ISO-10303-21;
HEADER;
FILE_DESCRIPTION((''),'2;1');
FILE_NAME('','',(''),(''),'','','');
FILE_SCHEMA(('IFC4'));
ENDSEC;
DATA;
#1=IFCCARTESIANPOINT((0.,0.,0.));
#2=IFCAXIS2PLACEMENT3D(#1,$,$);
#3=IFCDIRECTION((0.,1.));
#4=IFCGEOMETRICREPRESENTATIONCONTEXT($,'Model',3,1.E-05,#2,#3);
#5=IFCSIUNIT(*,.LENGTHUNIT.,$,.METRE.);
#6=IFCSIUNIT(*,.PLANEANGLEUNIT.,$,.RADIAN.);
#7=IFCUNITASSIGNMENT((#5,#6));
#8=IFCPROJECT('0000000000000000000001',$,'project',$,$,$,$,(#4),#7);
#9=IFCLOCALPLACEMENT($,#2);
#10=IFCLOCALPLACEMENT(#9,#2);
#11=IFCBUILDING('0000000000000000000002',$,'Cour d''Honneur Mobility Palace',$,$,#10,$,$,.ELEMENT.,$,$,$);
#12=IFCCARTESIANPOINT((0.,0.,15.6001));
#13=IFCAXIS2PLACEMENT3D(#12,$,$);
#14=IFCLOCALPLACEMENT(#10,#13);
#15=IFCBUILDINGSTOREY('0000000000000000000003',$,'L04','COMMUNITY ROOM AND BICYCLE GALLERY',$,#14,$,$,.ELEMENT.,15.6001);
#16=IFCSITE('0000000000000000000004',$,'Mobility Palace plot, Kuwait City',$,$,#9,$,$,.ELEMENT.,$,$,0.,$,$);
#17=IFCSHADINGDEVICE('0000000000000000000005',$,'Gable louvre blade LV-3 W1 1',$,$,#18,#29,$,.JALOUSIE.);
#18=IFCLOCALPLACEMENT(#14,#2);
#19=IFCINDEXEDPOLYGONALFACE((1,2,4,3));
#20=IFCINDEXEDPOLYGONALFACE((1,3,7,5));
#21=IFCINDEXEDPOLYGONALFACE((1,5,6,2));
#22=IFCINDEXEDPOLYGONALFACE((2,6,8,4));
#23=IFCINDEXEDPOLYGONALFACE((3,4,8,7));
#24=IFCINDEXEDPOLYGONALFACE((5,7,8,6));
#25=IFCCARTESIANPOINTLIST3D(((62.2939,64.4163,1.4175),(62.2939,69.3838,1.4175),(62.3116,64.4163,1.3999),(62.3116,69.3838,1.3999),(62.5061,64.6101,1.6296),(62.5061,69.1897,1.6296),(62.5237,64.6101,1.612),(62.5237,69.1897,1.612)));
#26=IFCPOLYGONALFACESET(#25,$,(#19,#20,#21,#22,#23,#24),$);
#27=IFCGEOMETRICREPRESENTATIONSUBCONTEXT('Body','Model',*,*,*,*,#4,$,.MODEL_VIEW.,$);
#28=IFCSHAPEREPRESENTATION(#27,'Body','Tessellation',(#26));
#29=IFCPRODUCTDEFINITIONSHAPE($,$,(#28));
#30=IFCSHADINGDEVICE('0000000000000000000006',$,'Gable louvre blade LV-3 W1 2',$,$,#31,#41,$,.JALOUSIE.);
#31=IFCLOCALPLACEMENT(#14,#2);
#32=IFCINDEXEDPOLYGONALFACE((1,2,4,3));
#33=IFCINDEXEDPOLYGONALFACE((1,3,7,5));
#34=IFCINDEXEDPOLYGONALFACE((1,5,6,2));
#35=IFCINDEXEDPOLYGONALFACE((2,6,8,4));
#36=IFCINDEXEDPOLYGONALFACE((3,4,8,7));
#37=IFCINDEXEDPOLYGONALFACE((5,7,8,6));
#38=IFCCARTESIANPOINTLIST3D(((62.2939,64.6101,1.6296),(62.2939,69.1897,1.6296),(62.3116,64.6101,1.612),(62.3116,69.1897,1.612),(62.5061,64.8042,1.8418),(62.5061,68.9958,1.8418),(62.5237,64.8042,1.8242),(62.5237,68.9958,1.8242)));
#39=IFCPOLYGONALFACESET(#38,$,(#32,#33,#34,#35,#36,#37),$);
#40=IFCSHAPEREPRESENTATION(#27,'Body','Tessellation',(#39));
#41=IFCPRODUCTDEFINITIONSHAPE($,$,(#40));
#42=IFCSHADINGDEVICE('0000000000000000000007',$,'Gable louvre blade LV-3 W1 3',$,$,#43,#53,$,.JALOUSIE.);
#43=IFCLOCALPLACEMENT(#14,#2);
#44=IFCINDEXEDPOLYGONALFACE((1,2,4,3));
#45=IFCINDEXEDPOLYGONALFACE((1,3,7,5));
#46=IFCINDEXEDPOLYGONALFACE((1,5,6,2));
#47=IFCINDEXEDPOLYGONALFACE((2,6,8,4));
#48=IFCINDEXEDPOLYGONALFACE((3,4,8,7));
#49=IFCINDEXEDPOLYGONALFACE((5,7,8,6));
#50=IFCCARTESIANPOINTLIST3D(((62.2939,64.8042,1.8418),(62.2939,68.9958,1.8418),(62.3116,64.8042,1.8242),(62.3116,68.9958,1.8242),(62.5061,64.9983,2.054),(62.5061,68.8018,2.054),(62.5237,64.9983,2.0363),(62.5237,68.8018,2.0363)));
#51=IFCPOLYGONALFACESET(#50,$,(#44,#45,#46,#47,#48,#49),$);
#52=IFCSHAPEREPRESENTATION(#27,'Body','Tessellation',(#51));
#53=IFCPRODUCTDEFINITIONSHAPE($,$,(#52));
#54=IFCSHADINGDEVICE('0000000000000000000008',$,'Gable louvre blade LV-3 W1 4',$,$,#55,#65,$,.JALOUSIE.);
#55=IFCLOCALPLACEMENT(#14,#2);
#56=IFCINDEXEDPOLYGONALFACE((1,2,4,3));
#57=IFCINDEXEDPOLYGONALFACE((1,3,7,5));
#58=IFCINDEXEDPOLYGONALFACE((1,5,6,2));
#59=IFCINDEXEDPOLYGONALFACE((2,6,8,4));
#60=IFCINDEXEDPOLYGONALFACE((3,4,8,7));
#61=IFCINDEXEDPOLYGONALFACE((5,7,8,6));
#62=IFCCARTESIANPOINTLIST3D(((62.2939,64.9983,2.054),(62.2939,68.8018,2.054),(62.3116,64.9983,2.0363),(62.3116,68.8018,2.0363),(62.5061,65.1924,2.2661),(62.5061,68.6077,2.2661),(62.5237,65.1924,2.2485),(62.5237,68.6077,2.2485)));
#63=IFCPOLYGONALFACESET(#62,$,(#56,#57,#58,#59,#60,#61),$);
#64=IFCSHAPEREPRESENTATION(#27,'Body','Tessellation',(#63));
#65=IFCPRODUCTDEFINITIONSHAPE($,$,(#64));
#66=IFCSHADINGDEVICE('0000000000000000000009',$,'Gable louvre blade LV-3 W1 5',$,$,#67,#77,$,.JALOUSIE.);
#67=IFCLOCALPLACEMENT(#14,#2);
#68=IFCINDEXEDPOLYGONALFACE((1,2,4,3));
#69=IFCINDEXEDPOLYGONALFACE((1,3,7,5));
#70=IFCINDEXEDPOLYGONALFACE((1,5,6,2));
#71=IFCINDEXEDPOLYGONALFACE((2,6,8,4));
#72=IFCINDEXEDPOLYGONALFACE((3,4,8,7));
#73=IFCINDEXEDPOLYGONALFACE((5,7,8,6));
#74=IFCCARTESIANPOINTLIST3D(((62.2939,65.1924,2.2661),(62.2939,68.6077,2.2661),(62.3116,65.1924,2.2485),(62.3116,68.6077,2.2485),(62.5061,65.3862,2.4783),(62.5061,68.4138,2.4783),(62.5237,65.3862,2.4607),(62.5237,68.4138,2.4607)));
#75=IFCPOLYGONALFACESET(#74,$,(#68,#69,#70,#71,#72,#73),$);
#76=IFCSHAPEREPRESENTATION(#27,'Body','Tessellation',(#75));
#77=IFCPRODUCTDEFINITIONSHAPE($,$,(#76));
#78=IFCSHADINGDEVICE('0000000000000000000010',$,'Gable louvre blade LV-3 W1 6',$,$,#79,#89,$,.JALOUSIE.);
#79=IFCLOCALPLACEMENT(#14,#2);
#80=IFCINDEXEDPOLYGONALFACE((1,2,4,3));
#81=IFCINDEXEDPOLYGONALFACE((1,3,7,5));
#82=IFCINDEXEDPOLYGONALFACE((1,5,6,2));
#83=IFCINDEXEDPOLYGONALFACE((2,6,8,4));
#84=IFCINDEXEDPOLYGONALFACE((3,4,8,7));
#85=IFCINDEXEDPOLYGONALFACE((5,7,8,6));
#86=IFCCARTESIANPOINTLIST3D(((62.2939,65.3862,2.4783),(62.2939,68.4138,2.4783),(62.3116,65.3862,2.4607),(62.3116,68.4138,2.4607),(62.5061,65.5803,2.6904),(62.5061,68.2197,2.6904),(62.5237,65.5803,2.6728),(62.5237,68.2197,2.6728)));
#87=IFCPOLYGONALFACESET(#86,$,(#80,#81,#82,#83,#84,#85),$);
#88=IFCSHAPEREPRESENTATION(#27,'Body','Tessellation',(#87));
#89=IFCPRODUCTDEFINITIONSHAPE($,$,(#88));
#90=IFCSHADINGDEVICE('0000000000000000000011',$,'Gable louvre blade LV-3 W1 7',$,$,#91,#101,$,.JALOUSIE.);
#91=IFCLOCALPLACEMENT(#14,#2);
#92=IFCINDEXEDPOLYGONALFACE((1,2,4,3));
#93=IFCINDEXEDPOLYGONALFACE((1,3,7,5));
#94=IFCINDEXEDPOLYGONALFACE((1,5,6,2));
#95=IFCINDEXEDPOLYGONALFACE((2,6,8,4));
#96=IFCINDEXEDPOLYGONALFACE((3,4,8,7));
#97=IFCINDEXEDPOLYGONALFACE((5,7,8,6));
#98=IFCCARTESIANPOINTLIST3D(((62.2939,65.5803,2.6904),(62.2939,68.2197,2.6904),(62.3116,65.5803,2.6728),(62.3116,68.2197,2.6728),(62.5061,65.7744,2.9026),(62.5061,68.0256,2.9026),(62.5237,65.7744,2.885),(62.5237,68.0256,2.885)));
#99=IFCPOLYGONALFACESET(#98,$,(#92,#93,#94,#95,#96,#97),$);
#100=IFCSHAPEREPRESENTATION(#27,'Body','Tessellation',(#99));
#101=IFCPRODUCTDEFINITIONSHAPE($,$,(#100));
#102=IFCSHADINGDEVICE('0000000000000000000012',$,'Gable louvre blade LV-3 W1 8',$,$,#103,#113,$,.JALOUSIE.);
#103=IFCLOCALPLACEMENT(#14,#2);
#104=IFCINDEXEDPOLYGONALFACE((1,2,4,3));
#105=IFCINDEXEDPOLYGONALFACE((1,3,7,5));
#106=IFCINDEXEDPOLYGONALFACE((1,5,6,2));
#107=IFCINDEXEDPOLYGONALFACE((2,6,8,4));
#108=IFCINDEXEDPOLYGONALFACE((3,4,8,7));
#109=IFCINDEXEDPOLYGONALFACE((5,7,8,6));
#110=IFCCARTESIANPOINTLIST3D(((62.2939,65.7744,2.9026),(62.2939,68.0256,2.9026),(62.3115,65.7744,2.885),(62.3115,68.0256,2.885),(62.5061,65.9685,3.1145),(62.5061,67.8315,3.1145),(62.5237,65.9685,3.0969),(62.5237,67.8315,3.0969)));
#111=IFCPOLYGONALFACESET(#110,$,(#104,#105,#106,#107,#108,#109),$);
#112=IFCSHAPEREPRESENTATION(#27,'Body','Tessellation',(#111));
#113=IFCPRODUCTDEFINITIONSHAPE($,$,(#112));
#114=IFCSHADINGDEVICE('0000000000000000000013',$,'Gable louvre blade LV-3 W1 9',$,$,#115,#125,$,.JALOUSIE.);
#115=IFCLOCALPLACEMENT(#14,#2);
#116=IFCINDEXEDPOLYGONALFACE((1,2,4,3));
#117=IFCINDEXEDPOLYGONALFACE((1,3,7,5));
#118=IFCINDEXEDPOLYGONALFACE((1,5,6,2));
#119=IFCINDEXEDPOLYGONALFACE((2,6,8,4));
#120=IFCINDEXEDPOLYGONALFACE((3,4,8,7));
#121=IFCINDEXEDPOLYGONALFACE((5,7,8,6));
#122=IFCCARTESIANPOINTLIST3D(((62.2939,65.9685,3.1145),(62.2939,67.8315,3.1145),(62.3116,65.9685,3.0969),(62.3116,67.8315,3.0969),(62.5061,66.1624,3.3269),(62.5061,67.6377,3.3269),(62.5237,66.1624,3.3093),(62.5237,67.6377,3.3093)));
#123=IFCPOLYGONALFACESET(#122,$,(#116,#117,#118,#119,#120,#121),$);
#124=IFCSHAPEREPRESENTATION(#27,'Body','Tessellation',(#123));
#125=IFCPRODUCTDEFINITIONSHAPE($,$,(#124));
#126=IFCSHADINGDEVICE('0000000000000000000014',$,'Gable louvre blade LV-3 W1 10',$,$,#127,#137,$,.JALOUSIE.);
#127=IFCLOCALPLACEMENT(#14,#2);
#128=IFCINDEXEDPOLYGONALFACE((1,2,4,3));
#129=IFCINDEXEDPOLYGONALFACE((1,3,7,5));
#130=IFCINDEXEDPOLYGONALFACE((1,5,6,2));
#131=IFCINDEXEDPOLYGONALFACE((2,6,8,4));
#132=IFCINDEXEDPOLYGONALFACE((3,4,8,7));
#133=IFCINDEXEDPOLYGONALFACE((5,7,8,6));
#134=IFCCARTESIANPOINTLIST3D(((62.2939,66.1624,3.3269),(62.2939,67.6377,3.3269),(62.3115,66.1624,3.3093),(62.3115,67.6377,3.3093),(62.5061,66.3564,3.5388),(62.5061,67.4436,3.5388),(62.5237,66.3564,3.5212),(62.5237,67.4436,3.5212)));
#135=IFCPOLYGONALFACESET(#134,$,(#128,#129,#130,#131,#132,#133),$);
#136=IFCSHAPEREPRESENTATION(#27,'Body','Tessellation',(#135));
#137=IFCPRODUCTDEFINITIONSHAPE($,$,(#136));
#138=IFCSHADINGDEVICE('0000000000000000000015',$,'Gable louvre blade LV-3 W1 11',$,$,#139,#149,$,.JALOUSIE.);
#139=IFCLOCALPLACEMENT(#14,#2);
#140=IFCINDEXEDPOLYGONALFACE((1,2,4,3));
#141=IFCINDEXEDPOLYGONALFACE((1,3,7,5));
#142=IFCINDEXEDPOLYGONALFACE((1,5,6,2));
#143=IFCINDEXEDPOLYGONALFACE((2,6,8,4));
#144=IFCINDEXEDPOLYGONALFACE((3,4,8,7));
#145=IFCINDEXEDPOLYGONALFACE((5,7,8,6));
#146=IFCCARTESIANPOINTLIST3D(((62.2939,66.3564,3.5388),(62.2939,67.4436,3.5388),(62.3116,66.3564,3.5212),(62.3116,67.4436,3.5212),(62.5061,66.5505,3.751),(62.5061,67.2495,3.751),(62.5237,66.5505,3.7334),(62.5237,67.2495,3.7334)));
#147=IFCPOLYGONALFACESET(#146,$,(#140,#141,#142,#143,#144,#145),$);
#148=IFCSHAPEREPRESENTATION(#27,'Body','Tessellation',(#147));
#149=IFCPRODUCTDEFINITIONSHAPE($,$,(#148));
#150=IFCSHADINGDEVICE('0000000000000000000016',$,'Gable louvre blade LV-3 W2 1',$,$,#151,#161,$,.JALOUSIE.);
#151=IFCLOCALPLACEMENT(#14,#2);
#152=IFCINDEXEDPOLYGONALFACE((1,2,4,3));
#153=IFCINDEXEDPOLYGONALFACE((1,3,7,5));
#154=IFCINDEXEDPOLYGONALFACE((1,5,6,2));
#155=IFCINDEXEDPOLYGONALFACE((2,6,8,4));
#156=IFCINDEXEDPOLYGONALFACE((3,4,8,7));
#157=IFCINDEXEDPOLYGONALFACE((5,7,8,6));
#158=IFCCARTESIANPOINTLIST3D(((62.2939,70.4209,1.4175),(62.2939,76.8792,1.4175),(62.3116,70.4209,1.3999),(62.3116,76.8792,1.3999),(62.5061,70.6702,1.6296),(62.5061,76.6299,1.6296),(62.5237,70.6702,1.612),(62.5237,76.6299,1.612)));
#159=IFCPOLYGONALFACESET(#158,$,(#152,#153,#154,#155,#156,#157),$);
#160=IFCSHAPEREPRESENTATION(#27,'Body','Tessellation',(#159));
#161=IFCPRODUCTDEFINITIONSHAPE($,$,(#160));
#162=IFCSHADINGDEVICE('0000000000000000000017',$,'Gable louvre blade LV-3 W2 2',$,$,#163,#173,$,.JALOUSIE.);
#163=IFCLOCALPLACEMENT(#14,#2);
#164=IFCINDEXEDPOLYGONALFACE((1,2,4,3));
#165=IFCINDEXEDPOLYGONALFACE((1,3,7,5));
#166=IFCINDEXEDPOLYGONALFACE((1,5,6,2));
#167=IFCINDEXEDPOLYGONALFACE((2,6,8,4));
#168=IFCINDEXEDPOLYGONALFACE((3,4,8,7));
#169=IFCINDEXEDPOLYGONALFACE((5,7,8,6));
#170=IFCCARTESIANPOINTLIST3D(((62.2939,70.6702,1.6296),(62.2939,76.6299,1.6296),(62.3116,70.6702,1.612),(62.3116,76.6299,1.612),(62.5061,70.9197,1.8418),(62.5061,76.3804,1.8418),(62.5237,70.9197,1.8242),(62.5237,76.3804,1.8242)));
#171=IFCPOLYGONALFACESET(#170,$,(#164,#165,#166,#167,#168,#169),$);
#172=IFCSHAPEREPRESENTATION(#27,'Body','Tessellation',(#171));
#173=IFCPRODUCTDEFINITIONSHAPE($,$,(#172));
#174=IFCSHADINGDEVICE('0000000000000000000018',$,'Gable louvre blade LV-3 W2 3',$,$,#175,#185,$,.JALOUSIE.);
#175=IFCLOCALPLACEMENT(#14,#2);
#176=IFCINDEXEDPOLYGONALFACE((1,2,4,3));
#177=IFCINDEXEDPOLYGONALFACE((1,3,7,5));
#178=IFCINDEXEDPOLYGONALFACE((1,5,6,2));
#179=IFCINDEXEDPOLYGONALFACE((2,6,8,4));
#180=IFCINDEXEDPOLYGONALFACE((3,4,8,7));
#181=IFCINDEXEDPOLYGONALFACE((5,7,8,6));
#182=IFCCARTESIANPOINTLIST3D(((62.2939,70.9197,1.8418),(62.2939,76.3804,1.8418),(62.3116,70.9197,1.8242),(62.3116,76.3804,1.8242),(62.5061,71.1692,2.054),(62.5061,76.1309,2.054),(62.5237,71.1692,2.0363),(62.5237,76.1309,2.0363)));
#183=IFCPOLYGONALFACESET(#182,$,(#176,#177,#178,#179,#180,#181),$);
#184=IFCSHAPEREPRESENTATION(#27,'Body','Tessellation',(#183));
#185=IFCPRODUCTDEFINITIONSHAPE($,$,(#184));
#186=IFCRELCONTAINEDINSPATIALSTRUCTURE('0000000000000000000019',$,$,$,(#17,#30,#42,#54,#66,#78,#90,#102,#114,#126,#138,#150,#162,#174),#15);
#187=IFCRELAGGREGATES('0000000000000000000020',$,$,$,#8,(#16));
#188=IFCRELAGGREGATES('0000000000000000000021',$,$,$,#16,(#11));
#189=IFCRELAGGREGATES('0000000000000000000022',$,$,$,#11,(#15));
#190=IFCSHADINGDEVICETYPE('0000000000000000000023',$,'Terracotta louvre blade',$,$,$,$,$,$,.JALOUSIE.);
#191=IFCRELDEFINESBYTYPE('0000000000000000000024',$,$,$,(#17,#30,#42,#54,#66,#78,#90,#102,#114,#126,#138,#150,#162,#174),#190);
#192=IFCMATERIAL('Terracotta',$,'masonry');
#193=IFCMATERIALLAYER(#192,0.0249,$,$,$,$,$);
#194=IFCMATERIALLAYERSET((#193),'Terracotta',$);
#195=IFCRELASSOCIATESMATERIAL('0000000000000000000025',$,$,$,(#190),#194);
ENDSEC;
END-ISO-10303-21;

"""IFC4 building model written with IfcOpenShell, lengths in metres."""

from ifc_helpers import new_model, si_unit, direction, frame, origin, place, context, subcontext, project, spatial, polyline, outline, extrude, material, layer, layer_set, type_object, element, save


model = new_model("IFC4")

# Units and contexts
model_context = context("Model", 3, precision=1e-05, world=origin(), true_north=direction((0.0, 1.0)))
body_context = subcontext(model_context, "Body", "Model", "MODEL_VIEW")
ifc_project = project(units=[si_unit("LENGTHUNIT", "METRE"), si_unit("PLANEANGLEUNIT", "RADIAN")], contexts=[model_context])

# Site, building, storey
site_placement = place(None, origin())
site = spatial("IfcSite", under=ifc_project, at=site_placement, Name="Mobility Palace plot, Kuwait City", CompositionType="ELEMENT", RefElevation=0.0)
building_placement = place(site_placement, origin())
building = spatial("IfcBuilding", under=site, at=building_placement, Name="Cour d'Honneur Mobility Palace", CompositionType="ELEMENT")
storey_placement = place(building_placement, frame((0.0, 0.0, 15.6001)))
storey = spatial("IfcBuildingStorey", under=building, at=storey_placement, Name="L04", Description="COMMUNITY ROOM AND BICYCLE GALLERY", CompositionType="ELEMENT", Elevation=15.6001)

# Shading devices
ifc_material_1 = material(Name="Terracotta", Category="masonry")
ifc_layer_1 = layer(ifc_material_1, 0.0249)
ifc_layer_set_1 = layer_set([ifc_layer_1], Name="Terracotta")
shading_device_type = type_object("IfcShadingDeviceType", Name="Terracotta louvre blade", PredefinedType="JALOUSIE", material=ifc_layer_set_1)
shading_device_1_placement = place(storey_placement, frame((62.2939, 64.4163, 1.4175), z_axis=(-0.707107, 0.0, 0.707107), x_axis=(0.0, 1.0, 0.0)))
element("IfcShadingDevice", 1, at=shading_device_1_placement, inside=storey, type_object=shading_device_type, Name="Gable louvre blade LV-3 W1 1", PredefinedType="JALOUSIE", context=body_context, shape_type="SweptSolid", body=[
    extrude(outline(polyline([(0.0, 0.0), (4.9675, 0.0), (4.7734, -0.3), (0.1938, -0.3), (0.0, 0.0)])), origin(), (0.0, 0.0, -1.0), 0.0249),
])
shading_device_2_placement = place(storey_placement, frame((62.2939, 64.6101, 1.6296), z_axis=(-0.707107, 0.0, 0.707107), x_axis=(0.0, 1.0, 0.0)))
element("IfcShadingDevice", 2, at=shading_device_2_placement, inside=storey, type_object=shading_device_type, Name="Gable louvre blade LV-3 W1 2", PredefinedType="JALOUSIE", context=body_context, shape_type="SweptSolid", body=[
    extrude(outline(polyline([(0.0, 0.0), (4.5796, 0.0), (4.3857, -0.3), (0.1941, -0.3), (0.0, 0.0)])), origin(), (0.0, 0.0, -1.0), 0.0249),
])
shading_device_3_placement = place(storey_placement, frame((62.2939, 64.8042, 1.8418), z_axis=(-0.707107, 0.0, 0.707107), x_axis=(0.0, 1.0, 0.0)))
element("IfcShadingDevice", 3, at=shading_device_3_placement, inside=storey, type_object=shading_device_type, Name="Gable louvre blade LV-3 W1 3", PredefinedType="JALOUSIE", context=body_context, shape_type="SweptSolid", body=[
    extrude(outline(polyline([(0.0, 0.0), (4.1917, 0.0), (3.9976, -0.3), (0.1941, -0.3), (0.0, 0.0)])), origin(), (0.0, 0.0, -1.0), 0.0249),
])
shading_device_4_placement = place(storey_placement, frame((62.2939, 64.9983, 2.054), z_axis=(-0.707107, 0.0, 0.707107), x_axis=(0.0, 1.0, 0.0)))
element("IfcShadingDevice", 4, at=shading_device_4_placement, inside=storey, type_object=shading_device_type, Name="Gable louvre blade LV-3 W1 4", PredefinedType="JALOUSIE", context=body_context, shape_type="SweptSolid", body=[
    extrude(outline(polyline([(0.0, 0.0), (3.8035, 0.0), (3.6094, -0.3), (0.1941, -0.3), (0.0, 0.0)])), origin(), (0.0, 0.0, -1.0), 0.0249),
])
shading_device_5_placement = place(storey_placement, frame((62.2939, 65.1924, 2.2661), z_axis=(-0.707107, 0.0, 0.707107), x_axis=(0.0, 1.0, 0.0)))
element("IfcShadingDevice", 5, at=shading_device_5_placement, inside=storey, type_object=shading_device_type, Name="Gable louvre blade LV-3 W1 5", PredefinedType="JALOUSIE", context=body_context, shape_type="SweptSolid", body=[
    extrude(outline(polyline([(0.0, 0.0), (3.4153, 0.0), (3.2214, -0.3), (0.1938, -0.3), (0.0, 0.0)])), origin(), (0.0, 0.0, -1.0), 0.0249),
])
shading_device_6_placement = place(storey_placement, frame((62.2939, 65.3862, 2.4783), z_axis=(-0.707107, 0.0, 0.707107), x_axis=(0.0, 1.0, 0.0)))
element("IfcShadingDevice", 6, at=shading_device_6_placement, inside=storey, type_object=shading_device_type, Name="Gable louvre blade LV-3 W1 6", PredefinedType="JALOUSIE", context=body_context, shape_type="SweptSolid", body=[
    extrude(outline(polyline([(0.0, 0.0), (3.0276, 0.0), (2.8335, -0.3), (0.1941, -0.3), (0.0, 0.0)])), origin(), (0.0, 0.0, -1.0), 0.0249),
])
shading_device_7_placement = place(storey_placement, frame((62.2939, 65.5803, 2.6904), z_axis=(-0.707107, 0.0, 0.707107), x_axis=(0.0, 1.0, 0.0)))
element("IfcShadingDevice", 7, at=shading_device_7_placement, inside=storey, type_object=shading_device_type, Name="Gable louvre blade LV-3 W1 7", PredefinedType="JALOUSIE", context=body_context, shape_type="SweptSolid", body=[
    extrude(outline(polyline([(0.0, 0.0), (2.6394, 0.0), (2.4453, -0.3), (0.1941, -0.3), (0.0, 0.0)])), origin(), (0.0, 0.0, -1.0), 0.0249),
])
shading_device_8_placement = place(storey_placement, frame((62.2939, 65.7744, 2.9026), z_axis=(-0.7067, 0.0, 0.707514), x_axis=(0.0, 1.0, 0.0)))
element("IfcShadingDevice", 8, at=shading_device_8_placement, inside=storey, type_object=shading_device_type, Name="Gable louvre blade LV-3 W1 8", PredefinedType="JALOUSIE", context=body_context, shape_type="SweptSolid", body=[
    extrude(outline(polyline([(0.0, 0.0), (2.2512, 0.0), (2.0571, -0.2999), (0.1941, -0.2999), (0.0, 0.0)])), origin(), (0.0, 0.0, -1.0), 0.0249),
])
shading_device_9_placement = place(storey_placement, frame((62.2939, 65.9685, 3.1145), z_axis=(-0.707513, 0.0, 0.7067), x_axis=(0.0, 1.0, 0.0)))
element("IfcShadingDevice", 9, at=shading_device_9_placement, inside=storey, type_object=shading_device_type, Name="Gable louvre blade LV-3 W1 9", PredefinedType="JALOUSIE", context=body_context, shape_type="SweptSolid", body=[
    extrude(outline(polyline([(0.0, 0.0), (1.863, 0.0), (1.6692, -0.3002), (0.1938, -0.3002), (0.0, 0.0)])), origin(), (0.0, 0.0, -1.0), 0.0249),
])
shading_device_10_placement = place(storey_placement, frame((62.2939, 66.1624, 3.3269), z_axis=(-0.7067, 0.0, 0.707514), x_axis=(0.0, 1.0, 0.0)))
element("IfcShadingDevice", 10, at=shading_device_10_placement, inside=storey, type_object=shading_device_type, Name="Gable louvre blade LV-3 W1 10", PredefinedType="JALOUSIE", context=body_context, shape_type="SweptSolid", body=[
    extrude(outline(polyline([(0.0, 0.0), (1.4753, 0.0), (1.2812, -0.2999), (0.1941, -0.2999), (0.0, 0.0)])), origin(), (0.0, 0.0, -1.0), 0.0249),
])
shading_device_11_placement = place(storey_placement, frame((62.2939, 66.3564, 3.5388), z_axis=(-0.707107, 0.0, 0.707107), x_axis=(0.0, 1.0, 0.0)))
element("IfcShadingDevice", 11, at=shading_device_11_placement, inside=storey, type_object=shading_device_type, Name="Gable louvre blade LV-3 W1 11", PredefinedType="JALOUSIE", context=body_context, shape_type="SweptSolid", body=[
    extrude(outline(polyline([(0.0, 0.0), (1.0872, 0.0), (0.8931, -0.3), (0.1941, -0.3), (0.0, 0.0)])), origin(), (0.0, 0.0, -1.0), 0.0249),
])
shading_device_12_placement = place(storey_placement, frame((62.2939, 70.4209, 1.4175), z_axis=(-0.707107, 0.0, 0.707107), x_axis=(0.0, 1.0, 0.0)))
element("IfcShadingDevice", 12, at=shading_device_12_placement, inside=storey, type_object=shading_device_type, Name="Gable louvre blade LV-3 W2 1", PredefinedType="JALOUSIE", context=body_context, shape_type="SweptSolid", body=[
    extrude(outline(polyline([(0.0, 0.0), (6.4583, 0.0), (6.209, -0.3), (0.2493, -0.3), (0.0, 0.0)])), origin(), (0.0, 0.0, -1.0), 0.0249),
])
shading_device_13_placement = place(storey_placement, frame((62.2939, 70.6702, 1.6296), z_axis=(-0.707107, 0.0, 0.707107), x_axis=(0.0, 1.0, 0.0)))
element("IfcShadingDevice", 13, at=shading_device_13_placement, inside=storey, type_object=shading_device_type, Name="Gable louvre blade LV-3 W2 2", PredefinedType="JALOUSIE", context=body_context, shape_type="SweptSolid", body=[
    extrude(outline(polyline([(0.0, 0.0), (5.9597, 0.0), (5.7102, -0.3), (0.2495, -0.3), (0.0, 0.0)])), origin(), (0.0, 0.0, -1.0), 0.0249),
])
shading_device_14_placement = place(storey_placement, frame((62.2939, 70.9197, 1.8418), z_axis=(-0.707107, 0.0, 0.707107), x_axis=(0.0, 1.0, 0.0)))
element("IfcShadingDevice", 14, at=shading_device_14_placement, inside=storey, type_object=shading_device_type, Name="Gable louvre blade LV-3 W2 3", PredefinedType="JALOUSIE", context=body_context, shape_type="SweptSolid", body=[
    extrude(outline(polyline([(0.0, 0.0), (5.4607, 0.0), (5.2112, -0.3), (0.2495, -0.3), (0.0, 0.0)])), origin(), (0.0, 0.0, -1.0), 0.0249),
])

save(model, "model.ifc")
